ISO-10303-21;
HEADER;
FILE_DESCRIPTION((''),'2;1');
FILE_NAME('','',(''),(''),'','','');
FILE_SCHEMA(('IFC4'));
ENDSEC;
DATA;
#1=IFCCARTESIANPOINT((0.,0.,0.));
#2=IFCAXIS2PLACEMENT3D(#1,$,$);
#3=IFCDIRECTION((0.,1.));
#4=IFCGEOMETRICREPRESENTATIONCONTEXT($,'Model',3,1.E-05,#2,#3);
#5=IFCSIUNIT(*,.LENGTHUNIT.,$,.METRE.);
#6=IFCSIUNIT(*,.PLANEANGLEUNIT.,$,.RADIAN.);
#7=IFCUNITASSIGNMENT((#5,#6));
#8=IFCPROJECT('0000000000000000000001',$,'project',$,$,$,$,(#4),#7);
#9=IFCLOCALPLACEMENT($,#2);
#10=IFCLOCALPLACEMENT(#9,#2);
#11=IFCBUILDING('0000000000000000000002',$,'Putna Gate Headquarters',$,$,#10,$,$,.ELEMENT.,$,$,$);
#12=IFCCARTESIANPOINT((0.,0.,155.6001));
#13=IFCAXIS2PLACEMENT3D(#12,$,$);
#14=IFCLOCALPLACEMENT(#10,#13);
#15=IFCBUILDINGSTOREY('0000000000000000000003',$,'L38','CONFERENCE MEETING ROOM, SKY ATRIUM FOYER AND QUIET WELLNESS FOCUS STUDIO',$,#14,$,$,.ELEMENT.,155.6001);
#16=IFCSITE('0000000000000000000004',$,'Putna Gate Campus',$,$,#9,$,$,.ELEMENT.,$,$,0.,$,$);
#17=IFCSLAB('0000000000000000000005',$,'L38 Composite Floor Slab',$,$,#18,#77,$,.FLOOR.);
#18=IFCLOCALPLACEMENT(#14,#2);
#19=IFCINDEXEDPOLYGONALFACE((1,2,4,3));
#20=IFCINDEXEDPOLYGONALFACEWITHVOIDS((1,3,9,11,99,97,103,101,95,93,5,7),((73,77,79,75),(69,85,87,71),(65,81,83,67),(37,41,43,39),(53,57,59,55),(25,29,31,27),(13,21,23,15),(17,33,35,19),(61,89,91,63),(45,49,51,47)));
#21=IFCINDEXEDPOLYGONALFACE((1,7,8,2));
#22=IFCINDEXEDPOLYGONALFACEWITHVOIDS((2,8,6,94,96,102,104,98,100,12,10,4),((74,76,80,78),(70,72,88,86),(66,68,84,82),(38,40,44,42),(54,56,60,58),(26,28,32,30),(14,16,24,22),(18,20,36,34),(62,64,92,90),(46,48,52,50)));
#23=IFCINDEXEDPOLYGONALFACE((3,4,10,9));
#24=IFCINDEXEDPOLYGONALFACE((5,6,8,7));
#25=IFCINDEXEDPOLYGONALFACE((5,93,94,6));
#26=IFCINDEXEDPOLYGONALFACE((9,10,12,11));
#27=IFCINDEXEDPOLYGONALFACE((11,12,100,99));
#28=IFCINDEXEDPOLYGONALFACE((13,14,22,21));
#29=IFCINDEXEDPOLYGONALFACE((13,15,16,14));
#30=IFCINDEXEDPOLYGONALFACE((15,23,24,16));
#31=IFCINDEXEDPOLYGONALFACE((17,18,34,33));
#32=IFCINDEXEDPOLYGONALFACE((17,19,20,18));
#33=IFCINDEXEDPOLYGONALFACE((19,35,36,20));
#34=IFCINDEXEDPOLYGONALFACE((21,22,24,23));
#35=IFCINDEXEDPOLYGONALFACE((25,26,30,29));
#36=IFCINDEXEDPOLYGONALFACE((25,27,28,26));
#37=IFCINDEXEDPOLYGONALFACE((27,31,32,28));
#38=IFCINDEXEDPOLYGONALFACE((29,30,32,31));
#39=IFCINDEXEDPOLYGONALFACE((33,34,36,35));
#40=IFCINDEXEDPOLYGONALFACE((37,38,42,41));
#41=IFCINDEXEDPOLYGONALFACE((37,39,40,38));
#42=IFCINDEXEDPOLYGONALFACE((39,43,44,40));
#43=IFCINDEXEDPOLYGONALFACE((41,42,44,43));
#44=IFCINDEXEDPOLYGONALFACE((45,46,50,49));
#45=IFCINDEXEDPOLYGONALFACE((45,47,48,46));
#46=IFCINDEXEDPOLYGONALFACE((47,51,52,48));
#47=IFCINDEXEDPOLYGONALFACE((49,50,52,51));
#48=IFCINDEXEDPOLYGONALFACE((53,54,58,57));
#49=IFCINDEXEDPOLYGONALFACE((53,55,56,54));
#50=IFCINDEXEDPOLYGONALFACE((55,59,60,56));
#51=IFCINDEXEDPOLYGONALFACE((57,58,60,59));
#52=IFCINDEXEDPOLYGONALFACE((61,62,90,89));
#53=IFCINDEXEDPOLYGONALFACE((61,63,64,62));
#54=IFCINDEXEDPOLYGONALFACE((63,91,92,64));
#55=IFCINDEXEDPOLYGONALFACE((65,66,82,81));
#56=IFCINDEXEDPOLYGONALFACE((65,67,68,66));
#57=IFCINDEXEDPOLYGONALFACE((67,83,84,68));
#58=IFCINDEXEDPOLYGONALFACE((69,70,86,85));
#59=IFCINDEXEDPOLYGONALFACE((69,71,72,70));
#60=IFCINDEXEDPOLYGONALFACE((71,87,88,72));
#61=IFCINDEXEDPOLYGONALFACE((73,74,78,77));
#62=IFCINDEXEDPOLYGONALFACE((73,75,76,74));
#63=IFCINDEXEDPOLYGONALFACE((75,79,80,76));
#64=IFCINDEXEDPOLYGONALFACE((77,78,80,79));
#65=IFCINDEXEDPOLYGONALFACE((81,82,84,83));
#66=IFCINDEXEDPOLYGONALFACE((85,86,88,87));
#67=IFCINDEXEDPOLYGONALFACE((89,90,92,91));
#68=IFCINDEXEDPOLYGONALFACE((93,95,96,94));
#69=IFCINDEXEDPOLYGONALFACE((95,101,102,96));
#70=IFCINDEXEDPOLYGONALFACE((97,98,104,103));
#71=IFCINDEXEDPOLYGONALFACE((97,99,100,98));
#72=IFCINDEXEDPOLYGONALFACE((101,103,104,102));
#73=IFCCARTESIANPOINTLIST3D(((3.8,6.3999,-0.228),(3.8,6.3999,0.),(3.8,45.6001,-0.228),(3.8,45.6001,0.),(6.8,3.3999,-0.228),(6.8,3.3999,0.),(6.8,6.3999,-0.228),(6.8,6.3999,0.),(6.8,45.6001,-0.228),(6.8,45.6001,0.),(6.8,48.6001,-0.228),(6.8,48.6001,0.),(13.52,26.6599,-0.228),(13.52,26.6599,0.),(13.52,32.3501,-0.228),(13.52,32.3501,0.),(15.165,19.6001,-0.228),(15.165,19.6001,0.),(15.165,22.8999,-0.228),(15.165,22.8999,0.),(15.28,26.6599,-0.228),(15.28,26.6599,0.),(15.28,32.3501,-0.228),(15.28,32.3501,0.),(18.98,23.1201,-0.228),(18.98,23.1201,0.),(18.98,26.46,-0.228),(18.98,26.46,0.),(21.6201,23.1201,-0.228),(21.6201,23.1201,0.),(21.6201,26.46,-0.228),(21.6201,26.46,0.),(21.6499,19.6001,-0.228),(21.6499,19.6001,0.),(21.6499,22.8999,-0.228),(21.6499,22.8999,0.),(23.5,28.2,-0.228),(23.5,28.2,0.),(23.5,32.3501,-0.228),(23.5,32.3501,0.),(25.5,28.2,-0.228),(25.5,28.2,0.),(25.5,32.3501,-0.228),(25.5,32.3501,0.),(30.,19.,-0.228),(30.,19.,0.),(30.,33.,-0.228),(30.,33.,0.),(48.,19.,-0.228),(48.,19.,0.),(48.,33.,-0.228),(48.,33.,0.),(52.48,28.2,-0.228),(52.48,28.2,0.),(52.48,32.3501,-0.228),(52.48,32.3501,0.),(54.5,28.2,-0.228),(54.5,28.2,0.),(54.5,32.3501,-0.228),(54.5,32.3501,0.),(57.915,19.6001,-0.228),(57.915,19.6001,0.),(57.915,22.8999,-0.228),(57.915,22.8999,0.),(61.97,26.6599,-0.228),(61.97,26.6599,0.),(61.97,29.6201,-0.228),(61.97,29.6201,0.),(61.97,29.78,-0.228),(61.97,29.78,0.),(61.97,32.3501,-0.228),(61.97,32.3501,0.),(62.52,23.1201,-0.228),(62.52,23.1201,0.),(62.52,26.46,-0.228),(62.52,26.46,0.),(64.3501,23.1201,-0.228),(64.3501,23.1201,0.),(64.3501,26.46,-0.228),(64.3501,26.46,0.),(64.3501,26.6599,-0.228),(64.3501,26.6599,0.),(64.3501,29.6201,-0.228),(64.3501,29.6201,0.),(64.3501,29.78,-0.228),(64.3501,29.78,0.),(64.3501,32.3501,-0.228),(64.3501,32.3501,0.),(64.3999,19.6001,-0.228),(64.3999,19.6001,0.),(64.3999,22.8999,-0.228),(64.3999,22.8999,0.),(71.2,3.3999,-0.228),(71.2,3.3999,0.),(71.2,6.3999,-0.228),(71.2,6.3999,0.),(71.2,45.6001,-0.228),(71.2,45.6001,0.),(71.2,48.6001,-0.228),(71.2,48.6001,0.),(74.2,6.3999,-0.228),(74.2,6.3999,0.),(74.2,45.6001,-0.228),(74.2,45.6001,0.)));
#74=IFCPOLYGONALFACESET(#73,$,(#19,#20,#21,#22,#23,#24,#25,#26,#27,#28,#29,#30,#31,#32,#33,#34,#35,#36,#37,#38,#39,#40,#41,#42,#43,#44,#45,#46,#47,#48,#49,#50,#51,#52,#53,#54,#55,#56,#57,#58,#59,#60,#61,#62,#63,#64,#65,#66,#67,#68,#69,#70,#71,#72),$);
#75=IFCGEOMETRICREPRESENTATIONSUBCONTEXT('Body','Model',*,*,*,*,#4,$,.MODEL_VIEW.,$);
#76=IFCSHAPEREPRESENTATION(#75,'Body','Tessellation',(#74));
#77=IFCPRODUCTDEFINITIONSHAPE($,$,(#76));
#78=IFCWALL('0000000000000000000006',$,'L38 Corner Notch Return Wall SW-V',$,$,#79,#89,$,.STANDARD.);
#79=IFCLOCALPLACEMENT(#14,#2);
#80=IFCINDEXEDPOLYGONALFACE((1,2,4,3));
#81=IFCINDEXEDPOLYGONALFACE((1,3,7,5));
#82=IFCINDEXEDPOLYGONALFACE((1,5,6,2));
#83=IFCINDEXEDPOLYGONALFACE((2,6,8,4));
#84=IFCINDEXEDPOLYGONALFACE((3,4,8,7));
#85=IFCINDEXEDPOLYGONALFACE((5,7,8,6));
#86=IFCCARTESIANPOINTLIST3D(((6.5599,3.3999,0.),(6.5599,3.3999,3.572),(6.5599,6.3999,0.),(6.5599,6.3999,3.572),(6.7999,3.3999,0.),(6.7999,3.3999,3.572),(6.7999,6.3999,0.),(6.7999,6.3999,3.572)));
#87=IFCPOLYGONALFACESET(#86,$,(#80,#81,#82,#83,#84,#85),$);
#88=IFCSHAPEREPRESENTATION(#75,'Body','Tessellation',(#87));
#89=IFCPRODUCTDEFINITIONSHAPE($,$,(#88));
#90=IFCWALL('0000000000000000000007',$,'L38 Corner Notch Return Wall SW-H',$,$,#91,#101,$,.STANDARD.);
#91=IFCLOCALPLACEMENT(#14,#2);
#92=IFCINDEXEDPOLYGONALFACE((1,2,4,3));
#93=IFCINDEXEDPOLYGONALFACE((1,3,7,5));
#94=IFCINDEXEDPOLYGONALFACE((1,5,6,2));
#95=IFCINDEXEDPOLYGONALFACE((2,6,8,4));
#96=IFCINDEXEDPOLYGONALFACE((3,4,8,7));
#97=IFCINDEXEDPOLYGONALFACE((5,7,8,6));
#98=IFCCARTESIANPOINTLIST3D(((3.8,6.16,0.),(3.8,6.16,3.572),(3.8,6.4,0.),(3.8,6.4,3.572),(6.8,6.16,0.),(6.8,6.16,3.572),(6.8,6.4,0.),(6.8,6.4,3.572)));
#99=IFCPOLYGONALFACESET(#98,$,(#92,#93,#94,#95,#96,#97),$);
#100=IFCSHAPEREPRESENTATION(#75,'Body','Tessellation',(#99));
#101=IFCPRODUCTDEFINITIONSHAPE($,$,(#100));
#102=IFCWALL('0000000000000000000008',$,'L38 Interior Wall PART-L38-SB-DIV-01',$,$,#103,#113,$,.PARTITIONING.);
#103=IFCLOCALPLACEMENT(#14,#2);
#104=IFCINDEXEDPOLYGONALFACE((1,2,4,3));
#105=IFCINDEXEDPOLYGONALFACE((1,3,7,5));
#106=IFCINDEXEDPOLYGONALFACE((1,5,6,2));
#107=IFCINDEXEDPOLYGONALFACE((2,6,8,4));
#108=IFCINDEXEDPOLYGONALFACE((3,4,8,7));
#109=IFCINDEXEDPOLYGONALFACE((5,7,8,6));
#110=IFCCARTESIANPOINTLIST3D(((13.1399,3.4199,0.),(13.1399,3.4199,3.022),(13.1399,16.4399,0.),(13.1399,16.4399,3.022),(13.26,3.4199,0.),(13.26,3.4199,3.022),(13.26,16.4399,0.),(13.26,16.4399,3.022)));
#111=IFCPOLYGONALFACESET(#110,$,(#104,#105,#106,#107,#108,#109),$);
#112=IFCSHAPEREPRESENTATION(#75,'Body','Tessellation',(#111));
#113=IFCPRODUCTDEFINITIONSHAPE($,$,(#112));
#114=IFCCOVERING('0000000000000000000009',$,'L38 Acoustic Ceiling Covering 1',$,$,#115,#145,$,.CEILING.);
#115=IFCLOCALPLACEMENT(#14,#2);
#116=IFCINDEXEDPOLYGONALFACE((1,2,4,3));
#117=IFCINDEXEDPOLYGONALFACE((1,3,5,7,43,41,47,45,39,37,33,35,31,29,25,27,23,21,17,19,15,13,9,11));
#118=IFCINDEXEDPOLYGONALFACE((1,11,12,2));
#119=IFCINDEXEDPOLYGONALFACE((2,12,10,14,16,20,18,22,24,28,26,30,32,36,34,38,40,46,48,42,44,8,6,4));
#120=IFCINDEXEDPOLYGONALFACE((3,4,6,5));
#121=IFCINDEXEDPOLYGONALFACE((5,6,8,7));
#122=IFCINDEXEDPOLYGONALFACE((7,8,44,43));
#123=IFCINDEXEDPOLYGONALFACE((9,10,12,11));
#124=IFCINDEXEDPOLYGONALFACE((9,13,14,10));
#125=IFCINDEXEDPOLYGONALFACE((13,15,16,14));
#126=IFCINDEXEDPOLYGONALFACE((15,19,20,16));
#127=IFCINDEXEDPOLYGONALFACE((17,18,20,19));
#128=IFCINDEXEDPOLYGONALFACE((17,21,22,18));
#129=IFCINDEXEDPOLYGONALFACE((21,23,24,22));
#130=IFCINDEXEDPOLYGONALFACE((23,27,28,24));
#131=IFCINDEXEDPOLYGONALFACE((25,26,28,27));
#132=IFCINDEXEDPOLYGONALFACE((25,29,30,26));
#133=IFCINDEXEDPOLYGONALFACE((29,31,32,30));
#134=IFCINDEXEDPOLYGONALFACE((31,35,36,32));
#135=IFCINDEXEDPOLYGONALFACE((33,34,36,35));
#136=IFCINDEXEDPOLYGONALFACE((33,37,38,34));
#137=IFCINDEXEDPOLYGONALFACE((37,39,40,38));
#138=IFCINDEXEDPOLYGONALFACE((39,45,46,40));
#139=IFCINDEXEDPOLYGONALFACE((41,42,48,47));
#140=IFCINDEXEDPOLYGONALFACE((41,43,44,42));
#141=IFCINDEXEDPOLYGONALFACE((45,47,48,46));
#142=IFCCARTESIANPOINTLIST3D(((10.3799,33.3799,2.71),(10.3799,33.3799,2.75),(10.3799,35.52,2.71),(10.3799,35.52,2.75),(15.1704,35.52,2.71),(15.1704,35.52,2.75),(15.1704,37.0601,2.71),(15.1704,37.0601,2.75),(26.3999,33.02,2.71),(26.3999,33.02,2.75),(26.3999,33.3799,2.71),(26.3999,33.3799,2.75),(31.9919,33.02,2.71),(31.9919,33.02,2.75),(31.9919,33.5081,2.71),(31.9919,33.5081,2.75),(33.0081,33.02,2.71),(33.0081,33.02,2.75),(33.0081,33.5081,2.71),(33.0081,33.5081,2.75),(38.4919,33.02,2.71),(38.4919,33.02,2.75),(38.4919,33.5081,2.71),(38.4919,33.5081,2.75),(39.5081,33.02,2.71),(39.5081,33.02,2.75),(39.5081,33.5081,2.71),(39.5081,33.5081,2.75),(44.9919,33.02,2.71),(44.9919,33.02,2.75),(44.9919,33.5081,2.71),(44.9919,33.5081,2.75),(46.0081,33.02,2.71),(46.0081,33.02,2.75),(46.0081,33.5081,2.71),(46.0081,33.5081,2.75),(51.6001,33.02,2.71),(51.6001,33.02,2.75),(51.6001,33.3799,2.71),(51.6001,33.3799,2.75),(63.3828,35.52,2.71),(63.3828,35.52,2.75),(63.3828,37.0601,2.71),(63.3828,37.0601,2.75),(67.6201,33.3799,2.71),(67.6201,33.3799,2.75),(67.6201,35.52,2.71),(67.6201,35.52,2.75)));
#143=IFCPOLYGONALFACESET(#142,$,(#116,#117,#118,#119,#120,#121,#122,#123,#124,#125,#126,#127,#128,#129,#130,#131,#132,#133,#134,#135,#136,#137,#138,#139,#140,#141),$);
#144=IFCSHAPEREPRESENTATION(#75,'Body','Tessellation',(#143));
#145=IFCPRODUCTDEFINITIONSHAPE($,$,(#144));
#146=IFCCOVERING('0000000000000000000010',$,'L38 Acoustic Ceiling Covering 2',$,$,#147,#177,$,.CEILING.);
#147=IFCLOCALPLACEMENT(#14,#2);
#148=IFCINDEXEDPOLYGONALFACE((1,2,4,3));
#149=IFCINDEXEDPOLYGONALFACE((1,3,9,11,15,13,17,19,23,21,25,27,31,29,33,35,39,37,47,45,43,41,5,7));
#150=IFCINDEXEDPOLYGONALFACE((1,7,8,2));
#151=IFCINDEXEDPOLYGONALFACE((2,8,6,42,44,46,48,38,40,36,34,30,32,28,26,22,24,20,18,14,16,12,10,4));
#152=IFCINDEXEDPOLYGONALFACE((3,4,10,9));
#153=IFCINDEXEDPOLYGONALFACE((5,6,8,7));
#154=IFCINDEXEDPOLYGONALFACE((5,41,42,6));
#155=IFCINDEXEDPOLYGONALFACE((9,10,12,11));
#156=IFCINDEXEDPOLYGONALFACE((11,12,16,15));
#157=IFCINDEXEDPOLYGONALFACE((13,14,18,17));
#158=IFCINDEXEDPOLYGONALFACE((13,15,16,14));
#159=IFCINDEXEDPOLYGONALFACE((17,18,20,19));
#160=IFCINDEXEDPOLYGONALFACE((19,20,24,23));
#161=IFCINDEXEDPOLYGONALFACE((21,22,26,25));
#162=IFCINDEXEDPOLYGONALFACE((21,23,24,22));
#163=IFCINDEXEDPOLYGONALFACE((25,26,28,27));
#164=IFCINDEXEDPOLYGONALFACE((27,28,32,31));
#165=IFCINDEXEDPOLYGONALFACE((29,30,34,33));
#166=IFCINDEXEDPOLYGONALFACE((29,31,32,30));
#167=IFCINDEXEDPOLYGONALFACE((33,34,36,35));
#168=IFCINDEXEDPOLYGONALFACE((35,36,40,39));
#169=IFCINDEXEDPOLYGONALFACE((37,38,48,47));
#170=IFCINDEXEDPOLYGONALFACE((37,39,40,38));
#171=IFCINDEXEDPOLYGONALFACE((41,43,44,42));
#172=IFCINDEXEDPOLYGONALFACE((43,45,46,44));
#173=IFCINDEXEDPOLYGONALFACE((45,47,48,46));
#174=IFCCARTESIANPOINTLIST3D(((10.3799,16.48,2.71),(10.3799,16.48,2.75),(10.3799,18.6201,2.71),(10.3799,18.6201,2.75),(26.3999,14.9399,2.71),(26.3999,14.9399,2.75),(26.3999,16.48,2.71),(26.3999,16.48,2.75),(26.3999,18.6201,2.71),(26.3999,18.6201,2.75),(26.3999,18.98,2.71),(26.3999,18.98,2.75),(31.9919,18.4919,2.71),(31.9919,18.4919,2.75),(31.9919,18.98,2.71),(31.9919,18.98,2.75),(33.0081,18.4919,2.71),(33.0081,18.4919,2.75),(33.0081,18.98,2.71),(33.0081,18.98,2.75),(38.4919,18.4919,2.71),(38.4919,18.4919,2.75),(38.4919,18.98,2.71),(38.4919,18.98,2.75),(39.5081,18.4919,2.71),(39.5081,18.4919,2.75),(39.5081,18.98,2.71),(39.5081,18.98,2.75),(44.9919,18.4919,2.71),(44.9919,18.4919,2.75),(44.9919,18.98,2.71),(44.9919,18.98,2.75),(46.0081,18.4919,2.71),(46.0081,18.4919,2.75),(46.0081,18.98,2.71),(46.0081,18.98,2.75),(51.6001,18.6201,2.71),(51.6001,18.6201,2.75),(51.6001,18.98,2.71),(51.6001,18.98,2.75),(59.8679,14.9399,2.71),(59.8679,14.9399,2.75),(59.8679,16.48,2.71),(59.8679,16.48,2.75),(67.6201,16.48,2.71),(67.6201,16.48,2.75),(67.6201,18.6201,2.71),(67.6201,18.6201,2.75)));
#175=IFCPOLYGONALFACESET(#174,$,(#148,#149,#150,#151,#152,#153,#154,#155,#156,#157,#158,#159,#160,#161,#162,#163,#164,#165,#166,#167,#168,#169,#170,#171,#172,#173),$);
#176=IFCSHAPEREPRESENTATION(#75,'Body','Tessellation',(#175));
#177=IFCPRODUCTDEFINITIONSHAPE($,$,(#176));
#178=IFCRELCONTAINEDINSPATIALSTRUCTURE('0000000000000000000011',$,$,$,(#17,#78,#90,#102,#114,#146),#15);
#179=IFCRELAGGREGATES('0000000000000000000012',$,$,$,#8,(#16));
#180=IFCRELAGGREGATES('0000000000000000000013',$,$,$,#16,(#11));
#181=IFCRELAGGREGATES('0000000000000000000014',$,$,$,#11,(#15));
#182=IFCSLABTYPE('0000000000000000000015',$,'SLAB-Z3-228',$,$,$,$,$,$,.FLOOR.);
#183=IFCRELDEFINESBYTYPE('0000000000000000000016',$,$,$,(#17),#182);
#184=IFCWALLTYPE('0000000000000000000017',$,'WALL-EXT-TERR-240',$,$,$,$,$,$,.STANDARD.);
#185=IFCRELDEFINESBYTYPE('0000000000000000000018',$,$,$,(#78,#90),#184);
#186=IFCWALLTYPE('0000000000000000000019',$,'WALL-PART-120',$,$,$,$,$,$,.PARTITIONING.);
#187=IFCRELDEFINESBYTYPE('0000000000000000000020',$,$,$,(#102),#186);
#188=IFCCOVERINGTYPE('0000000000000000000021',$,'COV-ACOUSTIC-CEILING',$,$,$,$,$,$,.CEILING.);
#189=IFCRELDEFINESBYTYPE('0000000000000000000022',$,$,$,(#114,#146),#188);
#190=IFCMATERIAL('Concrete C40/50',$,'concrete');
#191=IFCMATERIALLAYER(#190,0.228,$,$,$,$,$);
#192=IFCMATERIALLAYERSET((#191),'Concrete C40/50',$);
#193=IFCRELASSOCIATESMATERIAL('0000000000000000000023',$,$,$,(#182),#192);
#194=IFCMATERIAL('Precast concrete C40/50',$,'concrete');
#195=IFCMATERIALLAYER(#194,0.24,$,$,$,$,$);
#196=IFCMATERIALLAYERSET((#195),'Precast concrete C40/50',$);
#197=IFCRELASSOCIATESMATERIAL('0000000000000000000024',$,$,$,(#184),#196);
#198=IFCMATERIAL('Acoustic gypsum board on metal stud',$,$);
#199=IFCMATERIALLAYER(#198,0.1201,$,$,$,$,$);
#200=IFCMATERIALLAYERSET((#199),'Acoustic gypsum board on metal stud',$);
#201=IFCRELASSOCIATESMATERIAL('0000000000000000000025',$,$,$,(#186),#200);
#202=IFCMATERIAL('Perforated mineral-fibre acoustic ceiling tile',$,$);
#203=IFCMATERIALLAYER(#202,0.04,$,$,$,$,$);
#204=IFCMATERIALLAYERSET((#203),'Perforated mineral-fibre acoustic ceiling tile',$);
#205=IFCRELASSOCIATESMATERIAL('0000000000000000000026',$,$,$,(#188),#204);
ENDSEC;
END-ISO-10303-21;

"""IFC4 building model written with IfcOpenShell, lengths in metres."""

from ifc_helpers import new_model, si_unit, direction, frame, frame_2d, origin, place, context, subcontext, project, spatial, polyline, rectangle, outline, extrude, material, layer, layer_set, type_object, element, save


model = new_model("IFC4")

# Units and contexts
model_context = context("Model", 3, precision=1e-05, world=origin(), true_north=direction((0.0, 1.0)))
body_context = subcontext(model_context, "Body", "Model", "MODEL_VIEW")
ifc_project = project(units=[si_unit("LENGTHUNIT", "METRE"), si_unit("PLANEANGLEUNIT", "RADIAN")], contexts=[model_context])

# Site, building, storey
site_placement = place(None, origin())
site = spatial("IfcSite", under=ifc_project, at=site_placement, Name="Putna Gate Campus", CompositionType="ELEMENT", RefElevation=0.0)
building_placement = place(site_placement, origin())
building = spatial("IfcBuilding", under=site, at=building_placement, Name="Putna Gate Headquarters", CompositionType="ELEMENT")
storey_placement = place(building_placement, frame((0.0, 0.0, 155.6001)))
storey = spatial("IfcBuildingStorey", under=building, at=storey_placement, Name="L38", Description="CONFERENCE MEETING ROOM, SKY ATRIUM FOYER AND QUIET WELLNESS FOCUS STUDIO", CompositionType="ELEMENT", Elevation=155.6001)

# Shared definitions
ifc_material_1 = material(Name="Concrete C40/50", Category="concrete")

# Slab
ifc_layer_1 = layer(ifc_material_1, 0.228)
ifc_layer_set_1 = layer_set([ifc_layer_1], Name="Concrete C40/50")
slab_type_1 = type_object("IfcSlabType", Name="SLAB-Z3-228", PredefinedType="FLOOR", material=ifc_layer_set_1)
slab_1_placement = place(storey_placement, frame((0.0, 0.0, -0.228)))
element("IfcSlab", 1, at=slab_1_placement, inside=storey, type_object=slab_type_1, Name="L38 Composite Floor Slab", PredefinedType="FLOOR", context=body_context, shape_type="SweptSolid", body=[
    extrude(outline(polyline([(6.8, 3.3999), (71.2, 3.3999), (71.2, 6.3999), (74.2, 6.3999), (74.2, 45.6001), (71.2, 45.6001), (71.2, 48.6001), (6.8, 48.6001), (6.8, 45.6001), (3.8, 45.6001), (3.8, 6.3999), (6.8, 6.3999), (6.8, 3.3999)]), holes=[polyline([(15.165, 19.6001), (21.6499, 19.6001), (21.6499, 22.8999), (15.165, 22.8999), (15.165, 19.6001)]), polyline([(57.915, 19.6001), (64.3999, 19.6001), (64.3999, 22.8999), (57.915, 22.8999), (57.915, 19.6001)]), polyline([(13.52, 26.6599), (15.28, 26.6599), (15.28, 32.3501), (13.52, 32.3501), (13.52, 26.6599)]), polyline([(61.97, 29.78), (64.3501, 29.78), (64.3501, 32.3501), (61.97, 32.3501), (61.97, 29.78)]), polyline([(18.98, 23.1201), (21.6201, 23.1201), (21.6201, 26.46), (18.98, 26.46), (18.98, 23.1201)]), polyline([(62.52, 23.1201), (64.3501, 23.1201), (64.3501, 26.46), (62.52, 26.46), (62.52, 23.1201)]), polyline([(61.97, 26.6599), (64.3501, 26.6599), (64.3501, 29.6201), (61.97, 29.6201), (61.97, 26.6599)]), polyline([(23.5, 28.2), (25.5, 28.2), (25.5, 32.3501), (23.5, 32.3501), (23.5, 28.2)]), polyline([(52.48, 28.2), (54.5, 28.2), (54.5, 32.3501), (52.48, 32.3501), (52.48, 28.2)]), polyline([(30.0, 19.0), (48.0, 19.0), (48.0, 33.0), (30.0, 33.0), (30.0, 19.0)])]), origin(), (0.0, 0.0, 1.0), 0.228),
])

# Walls
ifc_material_2 = material(Name="Precast concrete C40/50", Category="concrete")
ifc_layer_2 = layer(ifc_material_2, 0.24)
ifc_layer_set_2 = layer_set([ifc_layer_2], Name="Precast concrete C40/50")
wall_type_1 = type_object("IfcWallType", Name="WALL-EXT-TERR-240", PredefinedType="STANDARD", material=ifc_layer_set_2)
for number, where, z_axis, x_axis, name in (
    (2, (6.6799, 3.3999, 0.0), (0.0, 0.0, 1.0), (0.0, 1.0, 0.0), "L38 Corner Notch Return Wall SW-V"),
    (3, (6.8, 6.28, 0.0), (0.0, 0.0, 1.0), (-1.0, 0.0, 0.0), "L38 Corner Notch Return Wall SW-H"),
):
    element("IfcWall", number, at=place(storey_placement, frame(where, z_axis=z_axis, x_axis=x_axis)), inside=storey, type_object=wall_type_1, Name=name, PredefinedType="STANDARD", context=body_context, shape_type="SweptSolid", body=[
        extrude(rectangle(XDim=3.0, YDim=0.24, at=frame_2d((1.5, 0.0))), origin(), (0.0, 0.0, 1.0), 3.572),
    ])
ifc_material_3 = material(Name="Acoustic gypsum board on metal stud")
ifc_layer_3 = layer(ifc_material_3, 0.1201)
ifc_layer_set_3 = layer_set([ifc_layer_3], Name="Acoustic gypsum board on metal stud")
wall_type_2 = type_object("IfcWallType", Name="WALL-PART-120", PredefinedType="PARTITIONING", material=ifc_layer_set_3)
wall_placement = place(storey_placement, frame((13.2, 3.4199, 0.0), z_axis=(0.0, 0.0, 1.0), x_axis=(0.0, 1.0, 0.0)))
element("IfcWall", 4, at=wall_placement, inside=storey, type_object=wall_type_2, Name="L38 Interior Wall PART-L38-SB-DIV-01", PredefinedType="PARTITIONING", context=body_context, shape_type="SweptSolid", body=[
    extrude(rectangle(XDim=13.02, YDim=0.1201, at=frame_2d((6.51, 0.0))), origin(), (0.0, 0.0, 1.0), 3.022),
])

# Coverings
ifc_material_4 = material(Name="Perforated mineral-fibre acoustic ceiling tile")
ifc_layer_4 = layer(ifc_material_4, 0.04)
ifc_layer_set_4 = layer_set([ifc_layer_4], Name="Perforated mineral-fibre acoustic ceiling tile")
covering_type_1 = type_object("IfcCoveringType", Name="COV-ACOUSTIC-CEILING", PredefinedType="CEILING", material=ifc_layer_set_4)
covering_1_placement = place(storey_placement, frame((0.0, 0.0, 2.71)))
element("IfcCovering", 5, at=covering_1_placement, inside=storey, type_object=covering_type_1, Name="L38 Acoustic Ceiling Covering 1", PredefinedType="CEILING", context=body_context, shape_type="SweptSolid", body=[
    extrude(outline(polyline([(44.9919, 33.02), (44.9919, 33.5081), (46.0081, 33.5081), (46.0081, 33.02), (51.6001, 33.02), (51.6001, 33.3799), (67.6201, 33.3799), (67.6201, 35.52), (63.3828, 35.52), (63.3828, 37.0601), (15.1704, 37.0601), (15.1704, 35.52), (10.3799, 35.52), (10.3799, 33.3799), (26.3999, 33.3799), (26.3999, 33.02), (31.9919, 33.02), (31.9919, 33.5081), (33.0081, 33.5081), (33.0081, 33.02), (38.4919, 33.02), (38.4919, 33.5081), (39.5081, 33.5081), (39.5081, 33.02), (44.9919, 33.02)])), origin(), (0.0, 0.0, 1.0), 0.04),
])
covering_2_placement = place(storey_placement, frame((0.0, 0.0, 2.71)))
element("IfcCovering", 6, at=covering_2_placement, inside=storey, type_object=covering_type_1, Name="L38 Acoustic Ceiling Covering 2", PredefinedType="CEILING", context=body_context, shape_type="SweptSolid", body=[
    extrude(outline(polyline([(26.3999, 16.48), (26.3999, 14.9399), (59.8679, 14.9399), (59.8679, 16.48), (67.6201, 16.48), (67.6201, 18.6201), (51.6001, 18.6201), (51.6001, 18.98), (46.0081, 18.98), (46.0081, 18.4919), (44.9919, 18.4919), (44.9919, 18.98), (39.5081, 18.98), (39.5081, 18.4919), (38.4919, 18.4919), (38.4919, 18.98), (33.0081, 18.98), (33.0081, 18.4919), (31.9919, 18.4919), (31.9919, 18.98), (26.3999, 18.98), (26.3999, 18.6201), (10.3799, 18.6201), (10.3799, 16.48), (26.3999, 16.48)])), origin(), (0.0, 0.0, 1.0), 0.04),
])

save(model, "model.ifc")
